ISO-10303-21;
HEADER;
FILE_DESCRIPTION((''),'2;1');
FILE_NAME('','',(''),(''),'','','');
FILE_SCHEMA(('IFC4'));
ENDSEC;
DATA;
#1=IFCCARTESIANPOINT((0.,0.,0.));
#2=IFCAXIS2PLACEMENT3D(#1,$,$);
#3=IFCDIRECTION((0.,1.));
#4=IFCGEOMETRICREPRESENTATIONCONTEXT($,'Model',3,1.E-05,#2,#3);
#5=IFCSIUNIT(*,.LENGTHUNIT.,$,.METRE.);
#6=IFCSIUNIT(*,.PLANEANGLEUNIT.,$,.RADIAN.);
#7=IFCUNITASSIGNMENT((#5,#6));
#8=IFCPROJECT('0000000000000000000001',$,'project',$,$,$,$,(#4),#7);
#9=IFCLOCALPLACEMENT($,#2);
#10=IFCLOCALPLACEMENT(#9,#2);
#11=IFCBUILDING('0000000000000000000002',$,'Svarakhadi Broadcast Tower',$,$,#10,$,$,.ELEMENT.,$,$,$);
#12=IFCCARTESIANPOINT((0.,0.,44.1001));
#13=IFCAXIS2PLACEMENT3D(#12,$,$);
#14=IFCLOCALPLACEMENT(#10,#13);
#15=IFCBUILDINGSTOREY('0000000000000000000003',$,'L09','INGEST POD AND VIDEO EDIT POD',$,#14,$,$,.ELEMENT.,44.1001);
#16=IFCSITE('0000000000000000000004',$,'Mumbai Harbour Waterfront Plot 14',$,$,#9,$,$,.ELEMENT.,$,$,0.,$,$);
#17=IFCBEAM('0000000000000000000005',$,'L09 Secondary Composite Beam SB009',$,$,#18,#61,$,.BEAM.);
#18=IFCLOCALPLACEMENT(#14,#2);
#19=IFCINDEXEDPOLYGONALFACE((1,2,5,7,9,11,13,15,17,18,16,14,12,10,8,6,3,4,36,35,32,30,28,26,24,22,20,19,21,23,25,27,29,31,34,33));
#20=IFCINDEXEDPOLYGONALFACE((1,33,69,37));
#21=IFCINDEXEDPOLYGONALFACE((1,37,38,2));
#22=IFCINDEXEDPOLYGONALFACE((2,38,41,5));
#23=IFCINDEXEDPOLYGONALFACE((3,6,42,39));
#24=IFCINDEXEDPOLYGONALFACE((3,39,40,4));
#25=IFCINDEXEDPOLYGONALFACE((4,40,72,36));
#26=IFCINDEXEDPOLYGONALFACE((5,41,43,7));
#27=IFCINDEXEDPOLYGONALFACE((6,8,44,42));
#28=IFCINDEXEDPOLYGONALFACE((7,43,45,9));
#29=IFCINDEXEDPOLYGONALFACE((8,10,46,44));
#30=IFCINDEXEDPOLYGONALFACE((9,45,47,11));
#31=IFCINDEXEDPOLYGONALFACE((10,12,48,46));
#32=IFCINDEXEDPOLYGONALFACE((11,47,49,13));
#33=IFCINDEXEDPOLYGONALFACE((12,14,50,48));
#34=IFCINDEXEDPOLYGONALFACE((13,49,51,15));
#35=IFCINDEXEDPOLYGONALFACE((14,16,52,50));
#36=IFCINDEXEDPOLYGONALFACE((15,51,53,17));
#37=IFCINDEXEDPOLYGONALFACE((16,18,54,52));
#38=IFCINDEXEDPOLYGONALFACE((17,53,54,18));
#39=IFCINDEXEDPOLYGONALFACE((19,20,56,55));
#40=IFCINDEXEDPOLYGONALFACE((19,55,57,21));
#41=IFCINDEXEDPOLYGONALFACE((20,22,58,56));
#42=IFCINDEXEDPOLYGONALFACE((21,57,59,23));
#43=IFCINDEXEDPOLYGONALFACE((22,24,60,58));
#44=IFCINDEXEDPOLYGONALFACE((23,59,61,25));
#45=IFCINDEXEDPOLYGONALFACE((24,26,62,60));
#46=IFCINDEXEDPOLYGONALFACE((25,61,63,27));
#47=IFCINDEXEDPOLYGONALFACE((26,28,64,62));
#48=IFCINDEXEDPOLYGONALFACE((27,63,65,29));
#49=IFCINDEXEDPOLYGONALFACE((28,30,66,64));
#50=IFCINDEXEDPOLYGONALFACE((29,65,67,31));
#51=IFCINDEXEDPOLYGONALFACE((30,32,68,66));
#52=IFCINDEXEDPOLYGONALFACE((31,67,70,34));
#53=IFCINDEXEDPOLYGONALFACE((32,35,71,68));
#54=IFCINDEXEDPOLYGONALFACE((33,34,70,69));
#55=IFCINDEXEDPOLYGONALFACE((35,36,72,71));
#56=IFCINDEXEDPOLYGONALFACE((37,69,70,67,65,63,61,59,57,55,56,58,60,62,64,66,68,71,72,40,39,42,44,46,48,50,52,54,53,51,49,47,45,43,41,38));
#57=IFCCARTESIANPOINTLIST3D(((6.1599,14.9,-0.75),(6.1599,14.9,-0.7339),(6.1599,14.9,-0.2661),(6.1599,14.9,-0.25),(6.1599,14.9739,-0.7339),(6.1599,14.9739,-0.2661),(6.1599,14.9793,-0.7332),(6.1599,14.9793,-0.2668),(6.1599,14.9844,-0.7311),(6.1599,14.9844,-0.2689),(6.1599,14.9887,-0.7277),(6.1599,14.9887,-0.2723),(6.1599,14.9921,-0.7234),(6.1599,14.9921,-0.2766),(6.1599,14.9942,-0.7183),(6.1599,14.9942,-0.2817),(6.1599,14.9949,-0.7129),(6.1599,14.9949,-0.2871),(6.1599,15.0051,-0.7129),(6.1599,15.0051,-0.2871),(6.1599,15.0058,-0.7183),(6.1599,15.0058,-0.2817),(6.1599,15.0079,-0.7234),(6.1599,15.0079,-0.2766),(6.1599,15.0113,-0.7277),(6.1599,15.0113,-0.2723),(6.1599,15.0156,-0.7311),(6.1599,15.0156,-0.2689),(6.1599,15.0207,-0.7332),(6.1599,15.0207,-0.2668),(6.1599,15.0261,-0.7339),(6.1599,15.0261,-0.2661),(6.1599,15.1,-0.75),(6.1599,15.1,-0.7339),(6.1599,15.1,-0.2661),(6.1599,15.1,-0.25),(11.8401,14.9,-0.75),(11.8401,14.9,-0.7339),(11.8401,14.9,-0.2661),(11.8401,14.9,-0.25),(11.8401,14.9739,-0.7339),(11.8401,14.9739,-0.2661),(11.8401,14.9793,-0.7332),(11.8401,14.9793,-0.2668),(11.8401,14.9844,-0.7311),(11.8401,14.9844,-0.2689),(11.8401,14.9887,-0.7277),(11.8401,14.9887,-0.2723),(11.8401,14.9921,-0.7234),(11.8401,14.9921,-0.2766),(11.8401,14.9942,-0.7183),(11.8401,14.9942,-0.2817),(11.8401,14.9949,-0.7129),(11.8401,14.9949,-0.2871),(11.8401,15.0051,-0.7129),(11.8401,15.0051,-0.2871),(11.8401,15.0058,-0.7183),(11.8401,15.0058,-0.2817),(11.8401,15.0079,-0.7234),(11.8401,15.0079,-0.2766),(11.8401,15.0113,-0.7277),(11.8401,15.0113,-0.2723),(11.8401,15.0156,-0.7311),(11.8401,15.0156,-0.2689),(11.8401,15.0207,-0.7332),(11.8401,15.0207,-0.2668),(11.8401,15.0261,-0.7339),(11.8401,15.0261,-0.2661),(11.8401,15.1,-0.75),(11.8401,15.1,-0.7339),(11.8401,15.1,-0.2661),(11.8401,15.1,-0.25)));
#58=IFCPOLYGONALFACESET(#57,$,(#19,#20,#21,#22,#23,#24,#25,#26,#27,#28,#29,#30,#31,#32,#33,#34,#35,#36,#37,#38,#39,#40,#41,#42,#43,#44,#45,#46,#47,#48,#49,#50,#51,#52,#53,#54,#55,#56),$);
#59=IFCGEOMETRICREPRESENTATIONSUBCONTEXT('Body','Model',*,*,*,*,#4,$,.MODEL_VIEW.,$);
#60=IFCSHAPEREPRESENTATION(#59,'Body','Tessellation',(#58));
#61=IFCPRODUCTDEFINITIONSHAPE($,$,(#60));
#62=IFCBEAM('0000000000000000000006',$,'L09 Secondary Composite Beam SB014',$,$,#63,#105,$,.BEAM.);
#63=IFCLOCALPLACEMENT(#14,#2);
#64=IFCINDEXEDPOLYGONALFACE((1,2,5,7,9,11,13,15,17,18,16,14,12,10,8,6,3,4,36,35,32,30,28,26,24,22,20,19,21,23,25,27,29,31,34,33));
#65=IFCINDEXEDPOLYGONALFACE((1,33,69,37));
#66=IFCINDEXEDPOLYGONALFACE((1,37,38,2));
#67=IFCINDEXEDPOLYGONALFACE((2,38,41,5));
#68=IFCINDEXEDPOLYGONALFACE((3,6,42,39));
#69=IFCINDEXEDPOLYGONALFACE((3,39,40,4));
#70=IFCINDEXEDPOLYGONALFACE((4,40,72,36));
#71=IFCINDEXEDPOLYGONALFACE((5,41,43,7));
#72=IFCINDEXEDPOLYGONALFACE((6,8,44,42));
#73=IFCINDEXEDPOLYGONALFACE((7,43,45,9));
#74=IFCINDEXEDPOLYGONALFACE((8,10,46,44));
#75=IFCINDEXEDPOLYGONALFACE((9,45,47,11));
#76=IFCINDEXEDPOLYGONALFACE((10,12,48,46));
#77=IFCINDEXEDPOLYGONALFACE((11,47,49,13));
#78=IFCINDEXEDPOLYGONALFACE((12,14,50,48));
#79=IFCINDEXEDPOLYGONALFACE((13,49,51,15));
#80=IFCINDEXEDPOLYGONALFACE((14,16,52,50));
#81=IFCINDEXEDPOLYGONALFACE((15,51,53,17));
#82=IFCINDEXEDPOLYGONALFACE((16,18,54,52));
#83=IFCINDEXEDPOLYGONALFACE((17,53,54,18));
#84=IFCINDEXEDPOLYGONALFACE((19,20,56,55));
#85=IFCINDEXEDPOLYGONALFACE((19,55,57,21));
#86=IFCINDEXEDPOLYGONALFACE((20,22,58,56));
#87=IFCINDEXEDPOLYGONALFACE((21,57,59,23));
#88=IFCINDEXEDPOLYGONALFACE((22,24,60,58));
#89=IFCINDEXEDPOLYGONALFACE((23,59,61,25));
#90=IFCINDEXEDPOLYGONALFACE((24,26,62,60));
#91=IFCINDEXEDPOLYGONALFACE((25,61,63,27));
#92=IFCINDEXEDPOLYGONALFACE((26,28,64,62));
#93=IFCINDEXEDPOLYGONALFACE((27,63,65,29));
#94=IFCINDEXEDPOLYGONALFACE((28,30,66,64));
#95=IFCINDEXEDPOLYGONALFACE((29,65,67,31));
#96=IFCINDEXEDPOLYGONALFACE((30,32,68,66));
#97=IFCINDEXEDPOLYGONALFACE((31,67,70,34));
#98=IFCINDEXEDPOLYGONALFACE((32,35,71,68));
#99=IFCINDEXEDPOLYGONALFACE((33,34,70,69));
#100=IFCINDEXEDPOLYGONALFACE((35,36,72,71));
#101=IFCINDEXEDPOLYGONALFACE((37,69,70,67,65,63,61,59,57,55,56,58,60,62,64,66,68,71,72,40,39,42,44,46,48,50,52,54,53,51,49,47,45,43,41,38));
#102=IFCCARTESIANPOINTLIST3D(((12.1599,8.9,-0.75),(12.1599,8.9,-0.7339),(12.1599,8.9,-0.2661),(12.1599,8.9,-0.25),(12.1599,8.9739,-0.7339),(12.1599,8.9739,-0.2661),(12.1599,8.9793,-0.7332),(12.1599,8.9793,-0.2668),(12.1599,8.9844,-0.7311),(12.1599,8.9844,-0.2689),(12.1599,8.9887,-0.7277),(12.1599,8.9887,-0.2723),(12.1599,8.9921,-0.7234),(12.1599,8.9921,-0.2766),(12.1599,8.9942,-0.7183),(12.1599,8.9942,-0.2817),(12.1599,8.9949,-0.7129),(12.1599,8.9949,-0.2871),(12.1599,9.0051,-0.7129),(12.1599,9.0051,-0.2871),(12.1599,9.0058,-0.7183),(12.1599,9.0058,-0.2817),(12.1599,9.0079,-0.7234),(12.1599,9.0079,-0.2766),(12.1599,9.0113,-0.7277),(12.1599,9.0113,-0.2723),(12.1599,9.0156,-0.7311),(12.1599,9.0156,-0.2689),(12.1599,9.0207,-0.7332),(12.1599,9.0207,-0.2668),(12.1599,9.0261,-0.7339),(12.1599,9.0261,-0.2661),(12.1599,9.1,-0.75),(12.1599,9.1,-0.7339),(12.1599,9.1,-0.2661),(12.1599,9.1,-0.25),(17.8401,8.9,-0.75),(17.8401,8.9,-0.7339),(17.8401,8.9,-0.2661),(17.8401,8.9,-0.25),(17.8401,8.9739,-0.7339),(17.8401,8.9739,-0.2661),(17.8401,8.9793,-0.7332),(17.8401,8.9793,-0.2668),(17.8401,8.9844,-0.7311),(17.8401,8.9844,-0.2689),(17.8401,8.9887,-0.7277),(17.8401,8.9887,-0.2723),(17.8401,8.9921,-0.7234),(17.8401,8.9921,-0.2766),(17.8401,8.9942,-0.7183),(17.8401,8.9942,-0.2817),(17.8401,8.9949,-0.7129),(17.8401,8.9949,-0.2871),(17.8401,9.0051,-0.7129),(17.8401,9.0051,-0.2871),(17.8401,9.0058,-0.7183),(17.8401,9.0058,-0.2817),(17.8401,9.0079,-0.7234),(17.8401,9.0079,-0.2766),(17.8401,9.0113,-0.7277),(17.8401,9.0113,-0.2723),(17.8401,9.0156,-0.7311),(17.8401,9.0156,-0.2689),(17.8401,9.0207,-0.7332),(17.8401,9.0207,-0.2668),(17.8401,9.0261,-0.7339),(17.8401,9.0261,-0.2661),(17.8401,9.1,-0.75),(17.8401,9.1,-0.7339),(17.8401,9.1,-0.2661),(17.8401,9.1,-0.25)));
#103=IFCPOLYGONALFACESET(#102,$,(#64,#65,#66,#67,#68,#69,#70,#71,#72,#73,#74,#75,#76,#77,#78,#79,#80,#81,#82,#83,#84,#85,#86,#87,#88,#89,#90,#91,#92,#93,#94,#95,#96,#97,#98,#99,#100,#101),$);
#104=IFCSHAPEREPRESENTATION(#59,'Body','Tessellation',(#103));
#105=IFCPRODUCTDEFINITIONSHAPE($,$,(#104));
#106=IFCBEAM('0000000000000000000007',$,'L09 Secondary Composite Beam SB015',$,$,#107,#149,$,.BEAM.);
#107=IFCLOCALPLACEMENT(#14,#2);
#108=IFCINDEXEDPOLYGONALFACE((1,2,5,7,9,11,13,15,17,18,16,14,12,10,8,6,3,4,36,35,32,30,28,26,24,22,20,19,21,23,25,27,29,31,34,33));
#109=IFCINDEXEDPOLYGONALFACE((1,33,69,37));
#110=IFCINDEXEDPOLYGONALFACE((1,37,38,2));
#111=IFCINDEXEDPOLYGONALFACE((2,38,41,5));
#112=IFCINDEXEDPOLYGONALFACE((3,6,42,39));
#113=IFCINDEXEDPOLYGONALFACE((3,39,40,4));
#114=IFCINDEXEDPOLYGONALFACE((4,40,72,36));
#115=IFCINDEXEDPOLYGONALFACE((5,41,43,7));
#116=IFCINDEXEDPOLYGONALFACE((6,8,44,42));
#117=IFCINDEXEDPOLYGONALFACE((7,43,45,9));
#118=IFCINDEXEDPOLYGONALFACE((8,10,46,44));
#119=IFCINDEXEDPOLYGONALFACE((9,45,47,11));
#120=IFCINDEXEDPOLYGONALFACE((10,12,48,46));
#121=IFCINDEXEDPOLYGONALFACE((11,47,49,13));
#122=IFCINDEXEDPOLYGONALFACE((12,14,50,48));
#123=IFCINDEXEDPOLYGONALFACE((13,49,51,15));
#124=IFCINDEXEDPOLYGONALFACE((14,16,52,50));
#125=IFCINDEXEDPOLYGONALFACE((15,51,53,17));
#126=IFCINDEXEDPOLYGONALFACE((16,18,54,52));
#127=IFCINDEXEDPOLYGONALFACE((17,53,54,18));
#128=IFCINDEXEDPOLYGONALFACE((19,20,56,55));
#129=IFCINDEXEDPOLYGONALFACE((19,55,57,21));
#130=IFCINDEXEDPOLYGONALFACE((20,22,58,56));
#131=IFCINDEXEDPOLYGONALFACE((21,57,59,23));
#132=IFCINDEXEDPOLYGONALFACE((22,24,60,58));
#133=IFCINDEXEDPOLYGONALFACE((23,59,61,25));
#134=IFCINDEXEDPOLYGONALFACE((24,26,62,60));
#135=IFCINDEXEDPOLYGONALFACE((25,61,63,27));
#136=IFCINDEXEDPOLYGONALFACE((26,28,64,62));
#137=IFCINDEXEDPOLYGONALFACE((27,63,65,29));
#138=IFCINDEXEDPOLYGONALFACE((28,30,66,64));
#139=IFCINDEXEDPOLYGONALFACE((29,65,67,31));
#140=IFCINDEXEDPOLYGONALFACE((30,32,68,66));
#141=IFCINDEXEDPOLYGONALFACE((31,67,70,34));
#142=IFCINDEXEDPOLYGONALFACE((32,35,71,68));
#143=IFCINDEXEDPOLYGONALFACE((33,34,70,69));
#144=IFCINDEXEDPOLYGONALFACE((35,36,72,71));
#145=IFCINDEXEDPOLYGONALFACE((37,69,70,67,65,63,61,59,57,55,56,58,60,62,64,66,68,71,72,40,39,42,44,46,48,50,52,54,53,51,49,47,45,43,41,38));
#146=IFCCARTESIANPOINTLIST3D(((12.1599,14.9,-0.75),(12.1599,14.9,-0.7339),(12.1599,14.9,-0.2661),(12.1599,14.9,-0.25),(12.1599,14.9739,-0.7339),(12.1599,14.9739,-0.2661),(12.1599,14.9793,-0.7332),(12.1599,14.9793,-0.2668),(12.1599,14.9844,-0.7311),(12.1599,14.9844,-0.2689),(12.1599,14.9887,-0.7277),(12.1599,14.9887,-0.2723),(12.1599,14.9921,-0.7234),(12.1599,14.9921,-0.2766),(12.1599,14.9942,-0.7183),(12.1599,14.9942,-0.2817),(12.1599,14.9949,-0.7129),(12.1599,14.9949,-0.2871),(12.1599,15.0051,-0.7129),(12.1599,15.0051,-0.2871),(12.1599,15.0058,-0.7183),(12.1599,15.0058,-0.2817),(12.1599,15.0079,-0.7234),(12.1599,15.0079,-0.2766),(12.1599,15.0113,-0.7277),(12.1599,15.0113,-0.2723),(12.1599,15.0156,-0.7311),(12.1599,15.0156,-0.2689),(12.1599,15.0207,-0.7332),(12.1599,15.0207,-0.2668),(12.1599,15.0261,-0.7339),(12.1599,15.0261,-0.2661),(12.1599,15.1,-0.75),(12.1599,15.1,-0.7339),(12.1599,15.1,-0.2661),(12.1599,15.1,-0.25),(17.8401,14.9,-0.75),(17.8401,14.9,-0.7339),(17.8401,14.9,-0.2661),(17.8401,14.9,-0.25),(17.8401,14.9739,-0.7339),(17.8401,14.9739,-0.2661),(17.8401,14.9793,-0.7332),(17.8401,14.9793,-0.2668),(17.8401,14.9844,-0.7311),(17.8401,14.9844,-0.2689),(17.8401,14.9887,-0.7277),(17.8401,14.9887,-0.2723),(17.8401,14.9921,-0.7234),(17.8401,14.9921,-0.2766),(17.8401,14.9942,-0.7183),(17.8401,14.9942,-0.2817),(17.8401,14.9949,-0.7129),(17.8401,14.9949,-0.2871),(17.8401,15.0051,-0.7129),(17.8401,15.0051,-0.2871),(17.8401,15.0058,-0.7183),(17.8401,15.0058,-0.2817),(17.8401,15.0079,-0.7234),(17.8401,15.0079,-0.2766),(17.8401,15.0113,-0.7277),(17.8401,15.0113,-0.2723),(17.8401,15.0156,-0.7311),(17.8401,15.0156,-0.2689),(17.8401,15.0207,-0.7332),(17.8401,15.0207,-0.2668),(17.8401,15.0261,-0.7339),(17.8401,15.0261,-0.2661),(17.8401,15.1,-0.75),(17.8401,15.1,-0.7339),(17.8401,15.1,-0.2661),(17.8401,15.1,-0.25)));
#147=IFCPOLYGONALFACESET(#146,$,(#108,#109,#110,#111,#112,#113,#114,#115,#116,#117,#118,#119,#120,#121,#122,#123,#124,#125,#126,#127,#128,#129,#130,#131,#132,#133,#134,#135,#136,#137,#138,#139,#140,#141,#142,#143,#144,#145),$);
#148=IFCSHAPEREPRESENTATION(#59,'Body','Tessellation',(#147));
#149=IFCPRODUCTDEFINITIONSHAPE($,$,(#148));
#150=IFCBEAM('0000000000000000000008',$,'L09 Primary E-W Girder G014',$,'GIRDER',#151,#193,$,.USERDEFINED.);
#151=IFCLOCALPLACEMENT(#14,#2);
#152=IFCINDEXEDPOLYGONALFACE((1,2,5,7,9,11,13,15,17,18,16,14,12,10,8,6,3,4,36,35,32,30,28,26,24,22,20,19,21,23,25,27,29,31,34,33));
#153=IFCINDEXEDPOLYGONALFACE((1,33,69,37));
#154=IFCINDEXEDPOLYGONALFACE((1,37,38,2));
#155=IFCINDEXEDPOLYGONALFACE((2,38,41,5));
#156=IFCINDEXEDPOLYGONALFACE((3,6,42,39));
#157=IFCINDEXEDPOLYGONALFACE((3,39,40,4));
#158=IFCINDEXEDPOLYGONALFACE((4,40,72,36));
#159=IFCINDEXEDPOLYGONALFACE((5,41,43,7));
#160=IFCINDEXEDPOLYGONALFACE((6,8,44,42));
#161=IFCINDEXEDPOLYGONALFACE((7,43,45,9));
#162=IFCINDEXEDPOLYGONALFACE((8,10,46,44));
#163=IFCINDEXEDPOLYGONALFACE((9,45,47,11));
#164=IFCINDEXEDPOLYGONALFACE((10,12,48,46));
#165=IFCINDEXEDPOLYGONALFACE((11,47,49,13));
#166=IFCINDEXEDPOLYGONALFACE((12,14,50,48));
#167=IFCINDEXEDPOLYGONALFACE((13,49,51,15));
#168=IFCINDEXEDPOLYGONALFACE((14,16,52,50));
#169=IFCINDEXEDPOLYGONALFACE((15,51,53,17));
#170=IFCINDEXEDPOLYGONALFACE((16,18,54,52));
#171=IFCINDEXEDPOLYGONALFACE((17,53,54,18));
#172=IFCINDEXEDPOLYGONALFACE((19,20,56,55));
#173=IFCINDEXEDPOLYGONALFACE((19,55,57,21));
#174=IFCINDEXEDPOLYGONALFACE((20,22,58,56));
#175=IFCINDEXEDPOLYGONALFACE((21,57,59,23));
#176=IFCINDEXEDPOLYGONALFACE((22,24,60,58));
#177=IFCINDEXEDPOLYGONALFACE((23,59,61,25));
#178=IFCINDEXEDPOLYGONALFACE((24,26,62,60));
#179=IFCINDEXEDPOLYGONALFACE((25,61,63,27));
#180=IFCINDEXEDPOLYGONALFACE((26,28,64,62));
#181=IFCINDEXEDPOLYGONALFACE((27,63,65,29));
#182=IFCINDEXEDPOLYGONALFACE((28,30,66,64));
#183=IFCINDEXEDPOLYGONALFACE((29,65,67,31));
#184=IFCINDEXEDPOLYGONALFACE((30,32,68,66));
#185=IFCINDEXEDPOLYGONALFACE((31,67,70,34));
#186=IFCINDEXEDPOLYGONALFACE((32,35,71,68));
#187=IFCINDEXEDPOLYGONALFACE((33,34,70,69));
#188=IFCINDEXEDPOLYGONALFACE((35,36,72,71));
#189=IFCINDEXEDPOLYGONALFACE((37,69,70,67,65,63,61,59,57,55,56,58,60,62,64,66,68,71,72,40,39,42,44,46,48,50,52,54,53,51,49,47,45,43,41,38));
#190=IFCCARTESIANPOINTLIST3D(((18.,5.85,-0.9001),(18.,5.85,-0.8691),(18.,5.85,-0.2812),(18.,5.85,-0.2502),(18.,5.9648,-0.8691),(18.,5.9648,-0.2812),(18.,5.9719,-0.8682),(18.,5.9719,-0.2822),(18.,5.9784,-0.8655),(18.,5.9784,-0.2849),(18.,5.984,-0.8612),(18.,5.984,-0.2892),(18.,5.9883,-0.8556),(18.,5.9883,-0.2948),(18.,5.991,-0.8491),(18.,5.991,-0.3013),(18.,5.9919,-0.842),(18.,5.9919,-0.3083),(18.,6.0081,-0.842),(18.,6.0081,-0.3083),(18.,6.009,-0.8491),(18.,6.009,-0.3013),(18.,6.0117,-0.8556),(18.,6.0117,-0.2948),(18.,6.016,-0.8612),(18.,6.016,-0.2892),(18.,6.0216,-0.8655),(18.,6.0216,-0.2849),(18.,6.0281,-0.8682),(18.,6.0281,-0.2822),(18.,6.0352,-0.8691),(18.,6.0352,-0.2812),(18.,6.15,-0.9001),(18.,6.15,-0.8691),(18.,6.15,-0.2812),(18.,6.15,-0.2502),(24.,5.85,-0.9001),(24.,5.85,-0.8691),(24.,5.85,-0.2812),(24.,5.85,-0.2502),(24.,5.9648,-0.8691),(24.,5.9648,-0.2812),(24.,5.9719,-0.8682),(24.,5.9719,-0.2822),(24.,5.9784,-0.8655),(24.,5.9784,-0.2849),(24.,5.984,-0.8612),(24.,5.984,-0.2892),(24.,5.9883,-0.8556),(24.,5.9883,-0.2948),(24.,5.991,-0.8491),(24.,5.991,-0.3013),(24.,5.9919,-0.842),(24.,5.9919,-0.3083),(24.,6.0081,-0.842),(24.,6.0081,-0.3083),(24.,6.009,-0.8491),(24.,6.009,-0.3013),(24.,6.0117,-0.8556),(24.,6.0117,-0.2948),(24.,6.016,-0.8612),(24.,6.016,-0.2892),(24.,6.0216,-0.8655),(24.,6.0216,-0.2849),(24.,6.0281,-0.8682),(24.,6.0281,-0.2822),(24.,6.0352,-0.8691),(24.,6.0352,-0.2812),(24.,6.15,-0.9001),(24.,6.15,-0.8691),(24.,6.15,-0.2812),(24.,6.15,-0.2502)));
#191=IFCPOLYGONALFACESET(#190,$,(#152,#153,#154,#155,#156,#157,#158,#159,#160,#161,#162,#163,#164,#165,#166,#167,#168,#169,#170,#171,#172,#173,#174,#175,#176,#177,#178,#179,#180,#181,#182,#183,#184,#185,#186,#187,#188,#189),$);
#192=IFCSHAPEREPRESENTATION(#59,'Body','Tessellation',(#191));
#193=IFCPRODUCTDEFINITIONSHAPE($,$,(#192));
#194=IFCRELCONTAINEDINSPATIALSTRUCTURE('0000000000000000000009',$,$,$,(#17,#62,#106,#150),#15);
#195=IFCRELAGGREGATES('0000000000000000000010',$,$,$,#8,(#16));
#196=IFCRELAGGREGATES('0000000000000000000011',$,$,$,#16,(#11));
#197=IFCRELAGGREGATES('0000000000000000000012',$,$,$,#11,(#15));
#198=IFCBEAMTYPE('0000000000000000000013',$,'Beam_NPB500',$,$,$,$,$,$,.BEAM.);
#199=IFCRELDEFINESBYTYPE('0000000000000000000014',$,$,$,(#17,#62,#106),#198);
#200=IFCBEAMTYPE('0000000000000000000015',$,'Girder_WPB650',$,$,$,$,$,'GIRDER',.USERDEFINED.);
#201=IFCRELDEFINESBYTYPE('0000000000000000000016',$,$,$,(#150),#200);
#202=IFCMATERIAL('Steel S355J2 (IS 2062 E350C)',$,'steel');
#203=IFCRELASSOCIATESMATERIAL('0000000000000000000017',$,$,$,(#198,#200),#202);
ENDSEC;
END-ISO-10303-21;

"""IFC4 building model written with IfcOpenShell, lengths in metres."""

from ifc_helpers import new_model, si_unit, direction, frame, origin, origin_2d, place, context, subcontext, project, spatial, i_section, extrude, material, material_profile, profile_set, type_object, element, save


model = new_model("IFC4")

# Units and contexts
model_context = context("Model", 3, precision=1e-05, world=origin(), true_north=direction((0.0, 1.0)))
body_context = subcontext(model_context, "Body", "Model", "MODEL_VIEW")
ifc_project = project(units=[si_unit("LENGTHUNIT", "METRE"), si_unit("PLANEANGLEUNIT", "RADIAN")], contexts=[model_context])

# Site, building, storey
site_placement = place(None, origin())
site = spatial("IfcSite", under=ifc_project, at=site_placement, Name="Mumbai Harbour Waterfront Plot 14", CompositionType="ELEMENT", RefElevation=0.0)
building_placement = place(site_placement, origin())
building = spatial("IfcBuilding", under=site, at=building_placement, Name="Svarakhadi Broadcast Tower", CompositionType="ELEMENT")
storey_placement = place(building_placement, frame((0.0, 0.0, 44.1001)))
storey = spatial("IfcBuildingStorey", under=building, at=storey_placement, Name="L09", Description="INGEST POD AND VIDEO EDIT POD", CompositionType="ELEMENT", Elevation=44.1001)

# Beams
ifc_material_1 = material(Name="Steel S355J2 (IS 2062 E350C)", Category="steel")
ifc_material_profile_1 = material_profile(ifc_material_1, i_section(OverallWidth=0.2, OverallDepth=0.5, WebThickness=0.0103, FlangeThickness=0.0161, FilletRadius=0.021, at=origin_2d()), Name="NPB 500x200x91")
ifc_profile_set_1 = profile_set([ifc_material_profile_1], Name="Steel S355J2 (IS 2062 E350C)")
beam_type_1 = type_object("IfcBeamType", Name="Beam_NPB500", PredefinedType="BEAM", material=ifc_profile_set_1)
for number, where, z_axis, x_axis, name in (
    (1, (6.1599, 15.0, -0.5), (1.0, 0.0, 0.0), (0.0, 1.0, 0.0), "L09 Secondary Composite Beam SB009"),
    (2, (12.1599, 9.0, -0.5), (1.0, 0.0, 0.0), (0.0, 1.0, 0.0), "L09 Secondary Composite Beam SB014"),
    (3, (12.1599, 15.0, -0.5), (1.0, 0.0, 0.0), (0.0, 1.0, 0.0), "L09 Secondary Composite Beam SB015"),
):
    element("IfcBeam", number, at=place(storey_placement, frame(where, z_axis=z_axis, x_axis=x_axis)), inside=storey, type_object=beam_type_1, Name=name, PredefinedType="BEAM", context=body_context, shape_type="SweptSolid", body=[
        extrude(i_section(OverallWidth=0.2, OverallDepth=0.5, WebThickness=0.0103, FlangeThickness=0.0161, FilletRadius=0.021, at=origin_2d()), origin(), (0.0, 0.0, 1.0), 5.6802),
    ])
ifc_material_profile_2 = material_profile(ifc_material_1, i_section(OverallWidth=0.3, OverallDepth=0.6499, WebThickness=0.0161, FlangeThickness=0.031, FilletRadius=0.0271, at=origin_2d()), Name="WPB 650x300x225")
ifc_profile_set_2 = profile_set([ifc_material_profile_2], Name="Steel S355J2 (IS 2062 E350C)")
beam_type_2 = type_object("IfcBeamType", Name="Girder_WPB650", ElementType="GIRDER", PredefinedType="USERDEFINED", material=ifc_profile_set_2)
for number, where, z_axis, x_axis, name in (
    (4, (18.0, 6.0, -0.5752), (1.0, 0.0, 0.0), (0.0, 1.0, 0.0), "L09 Primary E-W Girder G014"),
):
    element("IfcBeam", number, at=place(storey_placement, frame(where, z_axis=z_axis, x_axis=x_axis)), inside=storey, type_object=beam_type_2, Name=name, ObjectType="GIRDER", PredefinedType="USERDEFINED", context=body_context, shape_type="SweptSolid", body=[
        extrude(i_section(OverallWidth=0.3, OverallDepth=0.6499, WebThickness=0.0161, FlangeThickness=0.031, FilletRadius=0.0271, at=origin_2d()), origin(), (0.0, 0.0, 1.0), 6.0),
    ])

save(model, "model.ifc")
